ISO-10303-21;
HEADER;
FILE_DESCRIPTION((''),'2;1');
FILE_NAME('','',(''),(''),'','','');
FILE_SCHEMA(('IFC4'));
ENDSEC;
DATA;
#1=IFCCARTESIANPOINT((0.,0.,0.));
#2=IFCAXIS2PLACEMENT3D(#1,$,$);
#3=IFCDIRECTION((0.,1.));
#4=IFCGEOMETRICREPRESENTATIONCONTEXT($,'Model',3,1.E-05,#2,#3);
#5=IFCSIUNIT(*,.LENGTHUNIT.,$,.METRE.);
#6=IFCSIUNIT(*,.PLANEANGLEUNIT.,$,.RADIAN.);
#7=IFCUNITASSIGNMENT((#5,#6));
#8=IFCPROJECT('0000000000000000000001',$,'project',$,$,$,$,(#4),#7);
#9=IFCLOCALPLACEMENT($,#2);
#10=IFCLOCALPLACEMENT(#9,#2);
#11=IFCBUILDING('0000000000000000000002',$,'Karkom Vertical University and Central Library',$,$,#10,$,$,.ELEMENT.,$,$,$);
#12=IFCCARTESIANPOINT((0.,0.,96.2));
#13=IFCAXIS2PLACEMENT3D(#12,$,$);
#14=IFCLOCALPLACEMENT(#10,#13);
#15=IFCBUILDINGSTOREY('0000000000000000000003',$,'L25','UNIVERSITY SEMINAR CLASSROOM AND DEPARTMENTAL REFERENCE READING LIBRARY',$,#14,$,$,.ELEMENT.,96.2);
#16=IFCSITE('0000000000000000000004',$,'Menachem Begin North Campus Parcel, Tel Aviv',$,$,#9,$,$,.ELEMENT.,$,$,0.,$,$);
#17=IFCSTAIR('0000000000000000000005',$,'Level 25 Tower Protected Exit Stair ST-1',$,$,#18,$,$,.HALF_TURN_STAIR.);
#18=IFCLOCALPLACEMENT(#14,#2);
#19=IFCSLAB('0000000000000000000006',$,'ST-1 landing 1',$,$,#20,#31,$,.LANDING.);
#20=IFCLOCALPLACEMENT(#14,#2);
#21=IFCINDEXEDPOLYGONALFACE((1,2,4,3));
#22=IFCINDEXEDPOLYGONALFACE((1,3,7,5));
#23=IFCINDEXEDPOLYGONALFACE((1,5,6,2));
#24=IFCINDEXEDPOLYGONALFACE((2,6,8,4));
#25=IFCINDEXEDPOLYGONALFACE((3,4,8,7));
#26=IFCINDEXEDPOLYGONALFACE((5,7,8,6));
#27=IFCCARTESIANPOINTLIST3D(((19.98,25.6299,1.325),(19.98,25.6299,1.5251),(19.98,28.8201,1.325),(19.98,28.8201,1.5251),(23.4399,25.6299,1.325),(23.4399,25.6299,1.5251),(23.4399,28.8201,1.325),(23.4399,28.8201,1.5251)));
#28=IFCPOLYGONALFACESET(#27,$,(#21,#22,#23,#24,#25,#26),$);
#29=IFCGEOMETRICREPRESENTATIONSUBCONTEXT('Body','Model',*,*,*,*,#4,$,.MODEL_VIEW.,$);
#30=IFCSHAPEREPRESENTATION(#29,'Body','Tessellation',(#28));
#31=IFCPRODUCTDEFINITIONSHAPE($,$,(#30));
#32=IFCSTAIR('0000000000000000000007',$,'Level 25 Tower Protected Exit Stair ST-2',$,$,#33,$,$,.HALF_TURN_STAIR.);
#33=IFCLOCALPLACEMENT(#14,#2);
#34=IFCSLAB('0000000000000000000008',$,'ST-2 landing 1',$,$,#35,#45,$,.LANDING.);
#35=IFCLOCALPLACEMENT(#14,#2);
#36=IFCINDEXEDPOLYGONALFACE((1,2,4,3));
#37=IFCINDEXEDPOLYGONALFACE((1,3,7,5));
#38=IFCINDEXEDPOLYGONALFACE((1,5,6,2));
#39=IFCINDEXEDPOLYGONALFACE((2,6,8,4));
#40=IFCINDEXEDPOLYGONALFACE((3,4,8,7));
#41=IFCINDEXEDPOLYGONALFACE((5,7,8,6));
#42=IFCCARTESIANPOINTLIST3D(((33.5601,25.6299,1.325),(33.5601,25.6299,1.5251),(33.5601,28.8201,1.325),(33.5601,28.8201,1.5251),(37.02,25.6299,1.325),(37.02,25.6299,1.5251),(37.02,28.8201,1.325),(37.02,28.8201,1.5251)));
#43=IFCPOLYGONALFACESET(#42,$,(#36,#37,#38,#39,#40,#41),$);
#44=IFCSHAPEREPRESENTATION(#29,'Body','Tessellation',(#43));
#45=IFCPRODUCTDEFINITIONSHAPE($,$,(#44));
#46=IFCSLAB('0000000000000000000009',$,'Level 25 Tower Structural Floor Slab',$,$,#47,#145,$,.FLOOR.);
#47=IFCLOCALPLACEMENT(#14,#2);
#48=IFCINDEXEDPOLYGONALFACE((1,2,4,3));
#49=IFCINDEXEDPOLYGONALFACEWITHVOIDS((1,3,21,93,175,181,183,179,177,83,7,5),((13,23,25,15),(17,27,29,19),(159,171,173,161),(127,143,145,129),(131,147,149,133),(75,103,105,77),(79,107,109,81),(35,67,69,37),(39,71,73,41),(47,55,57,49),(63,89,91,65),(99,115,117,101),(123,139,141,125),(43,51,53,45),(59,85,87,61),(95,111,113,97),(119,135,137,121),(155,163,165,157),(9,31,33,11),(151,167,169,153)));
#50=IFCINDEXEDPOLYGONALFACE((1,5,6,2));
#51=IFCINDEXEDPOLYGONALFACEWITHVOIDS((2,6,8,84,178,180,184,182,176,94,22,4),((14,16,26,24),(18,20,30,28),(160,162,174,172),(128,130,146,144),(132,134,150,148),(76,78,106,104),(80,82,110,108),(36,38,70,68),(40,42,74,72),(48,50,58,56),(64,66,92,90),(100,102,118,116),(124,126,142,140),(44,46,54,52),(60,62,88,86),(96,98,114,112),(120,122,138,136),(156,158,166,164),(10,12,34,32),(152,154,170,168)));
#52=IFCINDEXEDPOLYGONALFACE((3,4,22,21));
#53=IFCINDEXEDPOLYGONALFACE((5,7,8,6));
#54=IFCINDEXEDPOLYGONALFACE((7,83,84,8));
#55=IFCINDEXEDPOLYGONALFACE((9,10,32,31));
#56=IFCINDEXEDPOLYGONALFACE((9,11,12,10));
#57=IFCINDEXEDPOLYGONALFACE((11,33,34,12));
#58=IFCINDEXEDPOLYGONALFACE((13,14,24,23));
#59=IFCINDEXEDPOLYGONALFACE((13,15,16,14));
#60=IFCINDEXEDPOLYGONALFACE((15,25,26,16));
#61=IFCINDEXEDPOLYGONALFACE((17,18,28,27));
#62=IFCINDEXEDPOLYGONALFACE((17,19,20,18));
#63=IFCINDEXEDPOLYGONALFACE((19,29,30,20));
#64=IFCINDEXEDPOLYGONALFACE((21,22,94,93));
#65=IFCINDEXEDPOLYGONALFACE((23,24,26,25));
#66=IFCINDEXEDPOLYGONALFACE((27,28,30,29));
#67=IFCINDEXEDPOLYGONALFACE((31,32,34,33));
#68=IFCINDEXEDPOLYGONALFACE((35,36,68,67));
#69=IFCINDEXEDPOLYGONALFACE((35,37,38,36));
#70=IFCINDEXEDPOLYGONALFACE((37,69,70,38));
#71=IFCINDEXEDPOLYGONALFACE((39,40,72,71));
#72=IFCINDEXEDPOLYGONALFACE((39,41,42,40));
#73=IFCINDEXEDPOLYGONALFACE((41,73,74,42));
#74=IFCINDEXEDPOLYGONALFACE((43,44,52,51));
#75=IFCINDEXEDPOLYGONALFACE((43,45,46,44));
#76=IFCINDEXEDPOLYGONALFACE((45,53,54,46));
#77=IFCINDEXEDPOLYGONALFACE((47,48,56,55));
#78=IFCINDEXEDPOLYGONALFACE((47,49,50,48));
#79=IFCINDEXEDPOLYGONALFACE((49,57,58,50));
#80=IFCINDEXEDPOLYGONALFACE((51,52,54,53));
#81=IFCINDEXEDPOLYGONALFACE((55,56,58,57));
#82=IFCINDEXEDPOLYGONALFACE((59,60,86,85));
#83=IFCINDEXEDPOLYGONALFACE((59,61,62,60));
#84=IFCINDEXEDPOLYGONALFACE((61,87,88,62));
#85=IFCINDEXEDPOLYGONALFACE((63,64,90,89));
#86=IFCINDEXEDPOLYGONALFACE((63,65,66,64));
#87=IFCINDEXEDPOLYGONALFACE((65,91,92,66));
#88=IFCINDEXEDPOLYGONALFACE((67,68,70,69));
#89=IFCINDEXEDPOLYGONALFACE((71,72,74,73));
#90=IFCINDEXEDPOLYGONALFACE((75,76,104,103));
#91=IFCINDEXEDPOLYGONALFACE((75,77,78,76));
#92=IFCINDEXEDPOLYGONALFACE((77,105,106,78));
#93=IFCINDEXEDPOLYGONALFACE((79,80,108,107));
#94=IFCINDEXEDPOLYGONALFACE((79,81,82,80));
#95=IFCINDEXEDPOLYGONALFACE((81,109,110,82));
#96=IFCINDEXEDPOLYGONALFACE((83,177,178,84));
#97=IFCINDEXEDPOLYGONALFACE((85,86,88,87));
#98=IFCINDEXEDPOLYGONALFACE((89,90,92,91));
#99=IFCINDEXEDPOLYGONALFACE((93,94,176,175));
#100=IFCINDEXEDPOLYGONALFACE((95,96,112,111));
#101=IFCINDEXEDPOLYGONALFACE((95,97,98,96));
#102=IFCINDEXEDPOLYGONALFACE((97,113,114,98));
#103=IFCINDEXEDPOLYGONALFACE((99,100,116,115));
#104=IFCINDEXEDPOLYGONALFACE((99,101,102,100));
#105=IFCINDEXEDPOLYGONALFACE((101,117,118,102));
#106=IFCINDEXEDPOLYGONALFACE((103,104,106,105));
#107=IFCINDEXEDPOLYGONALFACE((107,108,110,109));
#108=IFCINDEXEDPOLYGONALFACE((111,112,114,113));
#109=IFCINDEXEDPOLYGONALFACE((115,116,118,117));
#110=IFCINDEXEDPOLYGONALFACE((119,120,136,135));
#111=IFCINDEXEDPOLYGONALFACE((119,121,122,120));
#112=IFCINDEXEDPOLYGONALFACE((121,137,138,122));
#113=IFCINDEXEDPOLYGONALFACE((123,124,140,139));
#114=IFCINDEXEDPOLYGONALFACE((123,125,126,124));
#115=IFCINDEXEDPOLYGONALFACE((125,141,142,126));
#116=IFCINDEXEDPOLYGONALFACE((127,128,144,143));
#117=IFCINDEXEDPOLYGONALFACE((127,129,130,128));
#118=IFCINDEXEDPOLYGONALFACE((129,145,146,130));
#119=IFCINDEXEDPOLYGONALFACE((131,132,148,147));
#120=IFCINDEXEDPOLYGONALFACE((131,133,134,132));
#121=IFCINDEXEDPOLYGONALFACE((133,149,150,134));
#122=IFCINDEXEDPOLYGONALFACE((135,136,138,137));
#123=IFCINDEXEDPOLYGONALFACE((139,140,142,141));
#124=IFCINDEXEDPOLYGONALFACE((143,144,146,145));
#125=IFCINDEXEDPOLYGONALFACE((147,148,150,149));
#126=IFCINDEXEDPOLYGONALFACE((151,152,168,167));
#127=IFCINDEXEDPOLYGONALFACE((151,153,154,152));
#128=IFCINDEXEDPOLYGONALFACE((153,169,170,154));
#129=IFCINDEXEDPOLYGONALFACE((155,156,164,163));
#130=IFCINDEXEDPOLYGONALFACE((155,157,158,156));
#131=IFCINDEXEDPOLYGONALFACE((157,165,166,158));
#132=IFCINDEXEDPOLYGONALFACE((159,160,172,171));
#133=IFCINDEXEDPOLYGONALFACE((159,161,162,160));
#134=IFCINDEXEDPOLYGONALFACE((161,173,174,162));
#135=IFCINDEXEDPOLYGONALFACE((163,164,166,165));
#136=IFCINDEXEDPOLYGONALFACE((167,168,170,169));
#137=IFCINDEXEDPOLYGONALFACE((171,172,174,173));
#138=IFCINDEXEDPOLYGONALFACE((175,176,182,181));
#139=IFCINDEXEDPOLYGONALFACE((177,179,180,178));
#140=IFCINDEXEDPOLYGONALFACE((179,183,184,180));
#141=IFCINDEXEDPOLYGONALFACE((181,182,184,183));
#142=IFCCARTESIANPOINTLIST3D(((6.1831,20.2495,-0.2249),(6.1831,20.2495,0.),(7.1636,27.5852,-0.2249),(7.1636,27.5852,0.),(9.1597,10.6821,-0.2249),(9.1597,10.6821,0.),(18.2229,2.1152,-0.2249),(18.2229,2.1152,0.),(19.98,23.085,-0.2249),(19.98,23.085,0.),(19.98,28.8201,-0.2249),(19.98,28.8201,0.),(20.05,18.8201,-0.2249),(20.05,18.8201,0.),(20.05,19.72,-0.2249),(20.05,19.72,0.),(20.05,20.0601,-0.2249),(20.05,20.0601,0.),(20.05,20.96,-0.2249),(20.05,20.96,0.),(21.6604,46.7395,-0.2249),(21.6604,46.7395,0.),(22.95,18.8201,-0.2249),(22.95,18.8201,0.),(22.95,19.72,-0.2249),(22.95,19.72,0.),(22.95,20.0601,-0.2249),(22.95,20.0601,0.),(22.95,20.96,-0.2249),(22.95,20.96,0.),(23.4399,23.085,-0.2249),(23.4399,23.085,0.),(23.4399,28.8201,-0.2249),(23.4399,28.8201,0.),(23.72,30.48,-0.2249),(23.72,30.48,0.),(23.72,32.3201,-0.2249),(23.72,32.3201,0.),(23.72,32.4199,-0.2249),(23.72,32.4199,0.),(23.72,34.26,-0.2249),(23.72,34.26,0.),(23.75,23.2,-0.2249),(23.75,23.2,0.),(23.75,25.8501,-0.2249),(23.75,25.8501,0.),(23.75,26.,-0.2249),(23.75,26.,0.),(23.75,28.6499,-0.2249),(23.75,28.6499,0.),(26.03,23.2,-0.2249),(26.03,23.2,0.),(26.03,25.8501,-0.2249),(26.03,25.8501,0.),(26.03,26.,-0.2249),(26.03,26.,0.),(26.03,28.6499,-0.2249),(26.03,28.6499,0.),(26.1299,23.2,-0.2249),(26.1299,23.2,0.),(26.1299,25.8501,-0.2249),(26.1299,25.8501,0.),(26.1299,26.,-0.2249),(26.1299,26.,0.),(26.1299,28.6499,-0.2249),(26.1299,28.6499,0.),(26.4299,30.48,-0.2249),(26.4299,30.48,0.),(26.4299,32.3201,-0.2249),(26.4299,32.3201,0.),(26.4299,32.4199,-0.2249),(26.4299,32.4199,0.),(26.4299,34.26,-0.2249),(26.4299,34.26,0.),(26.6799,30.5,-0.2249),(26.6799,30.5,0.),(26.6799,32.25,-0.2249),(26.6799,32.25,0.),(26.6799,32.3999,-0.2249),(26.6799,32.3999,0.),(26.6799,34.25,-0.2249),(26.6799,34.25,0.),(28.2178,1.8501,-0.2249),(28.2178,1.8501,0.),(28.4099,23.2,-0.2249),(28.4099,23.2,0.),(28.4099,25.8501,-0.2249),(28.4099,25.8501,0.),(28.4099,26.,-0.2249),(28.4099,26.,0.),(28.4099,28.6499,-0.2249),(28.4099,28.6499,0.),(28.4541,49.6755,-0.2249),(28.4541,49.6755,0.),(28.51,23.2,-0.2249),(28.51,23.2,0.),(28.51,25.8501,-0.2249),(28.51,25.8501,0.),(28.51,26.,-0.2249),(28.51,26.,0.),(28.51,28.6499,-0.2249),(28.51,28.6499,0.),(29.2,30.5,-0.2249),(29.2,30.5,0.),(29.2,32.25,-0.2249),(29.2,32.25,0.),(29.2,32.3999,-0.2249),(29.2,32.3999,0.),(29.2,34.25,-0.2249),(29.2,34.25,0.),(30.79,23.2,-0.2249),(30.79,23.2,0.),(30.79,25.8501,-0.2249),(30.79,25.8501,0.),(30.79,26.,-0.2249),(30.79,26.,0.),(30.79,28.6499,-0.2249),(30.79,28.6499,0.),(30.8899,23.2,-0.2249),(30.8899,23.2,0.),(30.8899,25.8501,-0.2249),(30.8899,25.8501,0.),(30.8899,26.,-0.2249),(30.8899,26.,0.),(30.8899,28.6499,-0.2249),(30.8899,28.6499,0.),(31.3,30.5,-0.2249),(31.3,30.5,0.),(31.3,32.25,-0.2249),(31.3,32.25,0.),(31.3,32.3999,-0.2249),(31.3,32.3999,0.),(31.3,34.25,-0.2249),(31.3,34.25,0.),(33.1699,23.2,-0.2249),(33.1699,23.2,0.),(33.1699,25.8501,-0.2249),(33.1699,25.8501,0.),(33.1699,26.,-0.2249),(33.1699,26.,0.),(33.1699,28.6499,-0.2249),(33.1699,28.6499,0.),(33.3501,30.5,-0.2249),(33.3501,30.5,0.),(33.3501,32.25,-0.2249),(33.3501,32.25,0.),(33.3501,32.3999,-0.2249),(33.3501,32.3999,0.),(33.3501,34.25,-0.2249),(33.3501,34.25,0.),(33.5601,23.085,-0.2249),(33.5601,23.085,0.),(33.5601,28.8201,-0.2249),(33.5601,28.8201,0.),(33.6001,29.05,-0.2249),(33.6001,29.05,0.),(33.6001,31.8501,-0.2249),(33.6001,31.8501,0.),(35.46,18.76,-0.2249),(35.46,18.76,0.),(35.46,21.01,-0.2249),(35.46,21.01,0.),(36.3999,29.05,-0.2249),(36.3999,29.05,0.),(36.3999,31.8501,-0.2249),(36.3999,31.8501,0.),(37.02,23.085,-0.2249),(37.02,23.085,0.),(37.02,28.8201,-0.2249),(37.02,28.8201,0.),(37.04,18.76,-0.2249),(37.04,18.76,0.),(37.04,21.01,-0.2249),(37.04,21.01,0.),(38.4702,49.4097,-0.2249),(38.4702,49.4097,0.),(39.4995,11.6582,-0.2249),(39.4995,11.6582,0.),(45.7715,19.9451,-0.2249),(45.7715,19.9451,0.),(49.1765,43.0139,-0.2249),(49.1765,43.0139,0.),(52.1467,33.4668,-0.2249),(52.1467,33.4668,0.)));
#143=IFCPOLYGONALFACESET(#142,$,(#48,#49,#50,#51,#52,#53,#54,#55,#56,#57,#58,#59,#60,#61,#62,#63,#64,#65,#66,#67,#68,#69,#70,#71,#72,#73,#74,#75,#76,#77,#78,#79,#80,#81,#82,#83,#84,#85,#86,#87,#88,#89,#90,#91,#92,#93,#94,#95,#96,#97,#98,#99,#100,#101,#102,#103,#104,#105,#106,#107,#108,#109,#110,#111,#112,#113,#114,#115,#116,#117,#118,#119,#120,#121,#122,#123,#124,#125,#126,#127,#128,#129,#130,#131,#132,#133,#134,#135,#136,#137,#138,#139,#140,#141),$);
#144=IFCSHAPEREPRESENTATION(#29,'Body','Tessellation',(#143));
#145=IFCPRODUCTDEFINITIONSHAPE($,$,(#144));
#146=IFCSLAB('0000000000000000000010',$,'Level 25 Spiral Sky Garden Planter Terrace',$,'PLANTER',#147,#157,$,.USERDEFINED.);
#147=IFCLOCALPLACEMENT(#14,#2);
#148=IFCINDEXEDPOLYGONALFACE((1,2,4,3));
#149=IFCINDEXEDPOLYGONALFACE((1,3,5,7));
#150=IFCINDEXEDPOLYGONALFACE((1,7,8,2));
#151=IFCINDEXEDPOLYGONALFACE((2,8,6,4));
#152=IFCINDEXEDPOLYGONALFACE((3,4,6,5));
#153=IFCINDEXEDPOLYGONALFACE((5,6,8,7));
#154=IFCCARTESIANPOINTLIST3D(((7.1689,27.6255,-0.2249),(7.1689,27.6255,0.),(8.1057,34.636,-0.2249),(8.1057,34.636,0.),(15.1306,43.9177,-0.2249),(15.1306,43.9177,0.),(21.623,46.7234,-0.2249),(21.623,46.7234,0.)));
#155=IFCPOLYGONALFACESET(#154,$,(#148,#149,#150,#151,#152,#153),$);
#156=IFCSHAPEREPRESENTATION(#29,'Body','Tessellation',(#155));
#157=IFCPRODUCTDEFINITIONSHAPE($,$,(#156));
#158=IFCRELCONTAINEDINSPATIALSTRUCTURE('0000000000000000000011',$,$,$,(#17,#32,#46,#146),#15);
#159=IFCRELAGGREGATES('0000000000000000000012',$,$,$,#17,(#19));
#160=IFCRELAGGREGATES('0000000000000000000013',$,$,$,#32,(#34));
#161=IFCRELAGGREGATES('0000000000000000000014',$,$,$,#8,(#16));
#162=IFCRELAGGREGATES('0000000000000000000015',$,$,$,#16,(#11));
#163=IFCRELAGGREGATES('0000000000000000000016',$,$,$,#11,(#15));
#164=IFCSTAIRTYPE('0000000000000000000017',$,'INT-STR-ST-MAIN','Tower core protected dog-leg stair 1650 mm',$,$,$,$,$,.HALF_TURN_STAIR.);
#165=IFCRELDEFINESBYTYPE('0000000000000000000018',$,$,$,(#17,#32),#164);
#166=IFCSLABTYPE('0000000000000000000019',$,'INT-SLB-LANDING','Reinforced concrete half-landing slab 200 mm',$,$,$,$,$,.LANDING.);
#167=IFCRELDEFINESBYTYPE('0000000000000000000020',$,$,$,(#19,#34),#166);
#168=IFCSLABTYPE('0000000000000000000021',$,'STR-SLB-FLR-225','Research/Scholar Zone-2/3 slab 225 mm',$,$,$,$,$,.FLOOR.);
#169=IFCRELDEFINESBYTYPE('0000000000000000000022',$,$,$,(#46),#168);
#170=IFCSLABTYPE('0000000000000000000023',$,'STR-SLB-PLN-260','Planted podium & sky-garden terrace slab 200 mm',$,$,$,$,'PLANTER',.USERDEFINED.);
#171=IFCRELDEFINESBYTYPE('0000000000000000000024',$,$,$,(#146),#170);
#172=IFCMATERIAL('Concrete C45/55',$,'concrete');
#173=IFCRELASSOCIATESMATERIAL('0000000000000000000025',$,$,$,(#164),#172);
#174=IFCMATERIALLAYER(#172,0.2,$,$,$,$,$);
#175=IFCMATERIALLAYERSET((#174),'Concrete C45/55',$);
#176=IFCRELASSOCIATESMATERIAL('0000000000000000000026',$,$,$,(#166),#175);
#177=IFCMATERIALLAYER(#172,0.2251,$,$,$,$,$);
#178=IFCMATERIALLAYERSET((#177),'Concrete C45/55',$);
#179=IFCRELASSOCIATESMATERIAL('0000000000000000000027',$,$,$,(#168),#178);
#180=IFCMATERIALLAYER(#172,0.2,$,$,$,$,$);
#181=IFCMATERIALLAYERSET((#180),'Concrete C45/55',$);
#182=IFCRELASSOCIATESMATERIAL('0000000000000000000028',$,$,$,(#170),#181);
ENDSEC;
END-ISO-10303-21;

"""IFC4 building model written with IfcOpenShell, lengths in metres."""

from ifc_helpers import new_model, si_unit, direction, frame, origin, place, context, subcontext, project, spatial, polyline, outline, extrude, material, layer, layer_set, type_object, element, aggregate, save


model = new_model("IFC4")

# Units and contexts
model_context = context("Model", 3, precision=1e-05, world=origin(), true_north=direction((0.0, 1.0)))
body_context = subcontext(model_context, "Body", "Model", "MODEL_VIEW")
ifc_project = project(units=[si_unit("LENGTHUNIT", "METRE"), si_unit("PLANEANGLEUNIT", "RADIAN")], contexts=[model_context])

# Site, building, storey
site_placement = place(None, origin())
site = spatial("IfcSite", under=ifc_project, at=site_placement, Name="Menachem Begin North Campus Parcel, Tel Aviv", CompositionType="ELEMENT", RefElevation=0.0)
building_placement = place(site_placement, origin())
building = spatial("IfcBuilding", under=site, at=building_placement, Name="Karkom Vertical University and Central Library", CompositionType="ELEMENT")
storey_placement = place(building_placement, frame((0.0, 0.0, 96.2)))
storey = spatial("IfcBuildingStorey", under=building, at=storey_placement, Name="L25", Description="UNIVERSITY SEMINAR CLASSROOM AND DEPARTMENTAL REFERENCE READING LIBRARY", CompositionType="ELEMENT", Elevation=96.2)

# Stairs, slabs
ifc_material_1 = material(Name="Concrete C45/55", Category="concrete")
stair_type = type_object("IfcStairType", Name="INT-STR-ST-MAIN", Description="Tower core protected dog-leg stair 1650 mm", PredefinedType="HALF_TURN_STAIR", material=ifc_material_1)
stair_1_placement = place(storey_placement, origin())
stair_1 = element("IfcStair", 1, at=stair_1_placement, inside=storey, type_object=stair_type, Name="Level 25 Tower Protected Exit Stair ST-1", PredefinedType="HALF_TURN_STAIR")
ifc_layer_1 = layer(ifc_material_1, 0.2)
ifc_layer_set_1 = layer_set([ifc_layer_1], Name="Concrete C45/55")
slab_type_1 = type_object("IfcSlabType", Name="INT-SLB-LANDING", Description="Reinforced concrete half-landing slab 200 mm", PredefinedType="LANDING", material=ifc_layer_set_1)
slab_1_placement = place(storey_placement, frame((0.0, 0.0, 1.325)))
slab_1 = element("IfcSlab", 2, at=slab_1_placement, type_object=slab_type_1, Name="ST-1 landing 1", PredefinedType="LANDING", context=body_context, shape_type="SweptSolid", body=[
    extrude(outline(polyline([(23.4399, 25.6299), (23.4399, 28.8201), (19.98, 28.8201), (19.98, 25.6299), (23.4399, 25.6299)])), origin(), (0.0, 0.0, 1.0), 0.2002),
])
aggregate(stair_1, [slab_1])
stair_2_placement = place(storey_placement, origin())
stair_2 = element("IfcStair", 3, at=stair_2_placement, inside=storey, type_object=stair_type, Name="Level 25 Tower Protected Exit Stair ST-2", PredefinedType="HALF_TURN_STAIR")
slab_2_placement = place(storey_placement, frame((0.0, 0.0, 1.325)))
slab_2 = element("IfcSlab", 4, at=slab_2_placement, type_object=slab_type_1, Name="ST-2 landing 1", PredefinedType="LANDING", context=body_context, shape_type="SweptSolid", body=[
    extrude(outline(polyline([(37.02, 25.6299), (37.02, 28.8201), (33.5601, 28.8201), (33.5601, 25.6299), (37.02, 25.6299)])), origin(), (0.0, 0.0, 1.0), 0.2002),
])
aggregate(stair_2, [slab_2])

# Slabs
ifc_layer_2 = layer(ifc_material_1, 0.2251)
ifc_layer_set_2 = layer_set([ifc_layer_2], Name="Concrete C45/55")
slab_type_2 = type_object("IfcSlabType", Name="STR-SLB-FLR-225", Description="Research/Scholar Zone-2/3 slab 225 mm", PredefinedType="FLOOR", material=ifc_layer_set_2)
slab_3_placement = place(storey_placement, frame((0.0, 0.0, -0.2249)))
element("IfcSlab", 5, at=slab_3_placement, inside=storey, type_object=slab_type_2, Name="Level 25 Tower Structural Floor Slab", PredefinedType="FLOOR", context=body_context, shape_type="SweptSolid", body=[
    extrude(outline(polyline([(7.1636, 27.5852), (6.1831, 20.2495), (9.1597, 10.6821), (18.2229, 2.1152), (28.2178, 1.8501), (39.4995, 11.6582), (45.7715, 19.9451), (52.1467, 33.4668), (49.1765, 43.0139), (38.4702, 49.4097), (28.4541, 49.6755), (21.6604, 46.7395), (7.1636, 27.5852)]), holes=[polyline([(19.98, 23.085), (23.4399, 23.085), (23.4399, 28.8201), (19.98, 28.8201), (19.98, 23.085)]), polyline([(33.5601, 23.085), (37.02, 23.085), (37.02, 28.8201), (33.5601, 28.8201), (33.5601, 23.085)]), polyline([(23.75, 23.2), (26.03, 23.2), (26.03, 25.8501), (23.75, 25.8501), (23.75, 23.2)]), polyline([(26.1299, 23.2), (28.4099, 23.2), (28.4099, 25.8501), (26.1299, 25.8501), (26.1299, 23.2)]), polyline([(28.51, 23.2), (30.79, 23.2), (30.79, 25.8501), (28.51, 25.8501), (28.51, 23.2)]), polyline([(30.8899, 23.2), (33.1699, 23.2), (33.1699, 25.8501), (30.8899, 25.8501), (30.8899, 23.2)]), polyline([(23.75, 26.0), (26.03, 26.0), (26.03, 28.6499), (23.75, 28.6499), (23.75, 26.0)]), polyline([(26.1299, 26.0), (28.4099, 26.0), (28.4099, 28.6499), (26.1299, 28.6499), (26.1299, 26.0)]), polyline([(28.51, 26.0), (30.79, 26.0), (30.79, 28.6499), (28.51, 28.6499), (28.51, 26.0)]), polyline([(30.8899, 26.0), (33.1699, 26.0), (33.1699, 28.6499), (30.8899, 28.6499), (30.8899, 26.0)]), polyline([(26.6799, 30.5), (29.2, 30.5), (29.2, 32.25), (26.6799, 32.25), (26.6799, 30.5)]), polyline([(26.6799, 32.3999), (29.2, 32.3999), (29.2, 34.25), (26.6799, 34.25), (26.6799, 32.3999)]), polyline([(31.3, 30.5), (33.3501, 30.5), (33.3501, 32.25), (31.3, 32.25), (31.3, 30.5)]), polyline([(31.3, 32.3999), (33.3501, 32.3999), (33.3501, 34.25), (31.3, 34.25), (31.3, 32.3999)]), polyline([(23.72, 30.48), (26.4299, 30.48), (26.4299, 32.3201), (23.72, 32.3201), (23.72, 30.48)]), polyline([(23.72, 32.4199), (26.4299, 32.4199), (26.4299, 34.26), (23.72, 34.26), (23.72, 32.4199)]), polyline([(33.6001, 29.05), (36.3999, 29.05), (36.3999, 31.8501), (33.6001, 31.8501), (33.6001, 29.05)]), polyline([(20.05, 18.8201), (22.95, 18.8201), (22.95, 19.72), (20.05, 19.72), (20.05, 18.8201)]), polyline([(20.05, 20.0601), (22.95, 20.0601), (22.95, 20.96), (20.05, 20.96), (20.05, 20.0601)]), polyline([(35.46, 18.76), (37.04, 18.76), (37.04, 21.01), (35.46, 21.01), (35.46, 18.76)])]), origin(), (0.0, 0.0, 1.0), 0.2249),
])
ifc_layer_3 = layer(ifc_material_1, 0.2)
ifc_layer_set_3 = layer_set([ifc_layer_3], Name="Concrete C45/55")
slab_type_3 = type_object("IfcSlabType", Name="STR-SLB-PLN-260", Description="Planted podium & sky-garden terrace slab 200 mm", ElementType="PLANTER", PredefinedType="USERDEFINED", material=ifc_layer_set_3)
slab_4_placement = place(storey_placement, frame((0.0, 0.0, -0.2249)))
element("IfcSlab", 6, at=slab_4_placement, inside=storey, type_object=slab_type_3, Name="Level 25 Spiral Sky Garden Planter Terrace", ObjectType="PLANTER", PredefinedType="USERDEFINED", context=body_context, shape_type="SweptSolid", body=[
    extrude(outline(polyline([(8.1057, 34.636), (15.1306, 43.9177), (21.623, 46.7234), (7.1689, 27.6255), (8.1057, 34.636)])), origin(), (0.0, 0.0, 1.0), 0.2249),
])

save(model, "model.ifc")
